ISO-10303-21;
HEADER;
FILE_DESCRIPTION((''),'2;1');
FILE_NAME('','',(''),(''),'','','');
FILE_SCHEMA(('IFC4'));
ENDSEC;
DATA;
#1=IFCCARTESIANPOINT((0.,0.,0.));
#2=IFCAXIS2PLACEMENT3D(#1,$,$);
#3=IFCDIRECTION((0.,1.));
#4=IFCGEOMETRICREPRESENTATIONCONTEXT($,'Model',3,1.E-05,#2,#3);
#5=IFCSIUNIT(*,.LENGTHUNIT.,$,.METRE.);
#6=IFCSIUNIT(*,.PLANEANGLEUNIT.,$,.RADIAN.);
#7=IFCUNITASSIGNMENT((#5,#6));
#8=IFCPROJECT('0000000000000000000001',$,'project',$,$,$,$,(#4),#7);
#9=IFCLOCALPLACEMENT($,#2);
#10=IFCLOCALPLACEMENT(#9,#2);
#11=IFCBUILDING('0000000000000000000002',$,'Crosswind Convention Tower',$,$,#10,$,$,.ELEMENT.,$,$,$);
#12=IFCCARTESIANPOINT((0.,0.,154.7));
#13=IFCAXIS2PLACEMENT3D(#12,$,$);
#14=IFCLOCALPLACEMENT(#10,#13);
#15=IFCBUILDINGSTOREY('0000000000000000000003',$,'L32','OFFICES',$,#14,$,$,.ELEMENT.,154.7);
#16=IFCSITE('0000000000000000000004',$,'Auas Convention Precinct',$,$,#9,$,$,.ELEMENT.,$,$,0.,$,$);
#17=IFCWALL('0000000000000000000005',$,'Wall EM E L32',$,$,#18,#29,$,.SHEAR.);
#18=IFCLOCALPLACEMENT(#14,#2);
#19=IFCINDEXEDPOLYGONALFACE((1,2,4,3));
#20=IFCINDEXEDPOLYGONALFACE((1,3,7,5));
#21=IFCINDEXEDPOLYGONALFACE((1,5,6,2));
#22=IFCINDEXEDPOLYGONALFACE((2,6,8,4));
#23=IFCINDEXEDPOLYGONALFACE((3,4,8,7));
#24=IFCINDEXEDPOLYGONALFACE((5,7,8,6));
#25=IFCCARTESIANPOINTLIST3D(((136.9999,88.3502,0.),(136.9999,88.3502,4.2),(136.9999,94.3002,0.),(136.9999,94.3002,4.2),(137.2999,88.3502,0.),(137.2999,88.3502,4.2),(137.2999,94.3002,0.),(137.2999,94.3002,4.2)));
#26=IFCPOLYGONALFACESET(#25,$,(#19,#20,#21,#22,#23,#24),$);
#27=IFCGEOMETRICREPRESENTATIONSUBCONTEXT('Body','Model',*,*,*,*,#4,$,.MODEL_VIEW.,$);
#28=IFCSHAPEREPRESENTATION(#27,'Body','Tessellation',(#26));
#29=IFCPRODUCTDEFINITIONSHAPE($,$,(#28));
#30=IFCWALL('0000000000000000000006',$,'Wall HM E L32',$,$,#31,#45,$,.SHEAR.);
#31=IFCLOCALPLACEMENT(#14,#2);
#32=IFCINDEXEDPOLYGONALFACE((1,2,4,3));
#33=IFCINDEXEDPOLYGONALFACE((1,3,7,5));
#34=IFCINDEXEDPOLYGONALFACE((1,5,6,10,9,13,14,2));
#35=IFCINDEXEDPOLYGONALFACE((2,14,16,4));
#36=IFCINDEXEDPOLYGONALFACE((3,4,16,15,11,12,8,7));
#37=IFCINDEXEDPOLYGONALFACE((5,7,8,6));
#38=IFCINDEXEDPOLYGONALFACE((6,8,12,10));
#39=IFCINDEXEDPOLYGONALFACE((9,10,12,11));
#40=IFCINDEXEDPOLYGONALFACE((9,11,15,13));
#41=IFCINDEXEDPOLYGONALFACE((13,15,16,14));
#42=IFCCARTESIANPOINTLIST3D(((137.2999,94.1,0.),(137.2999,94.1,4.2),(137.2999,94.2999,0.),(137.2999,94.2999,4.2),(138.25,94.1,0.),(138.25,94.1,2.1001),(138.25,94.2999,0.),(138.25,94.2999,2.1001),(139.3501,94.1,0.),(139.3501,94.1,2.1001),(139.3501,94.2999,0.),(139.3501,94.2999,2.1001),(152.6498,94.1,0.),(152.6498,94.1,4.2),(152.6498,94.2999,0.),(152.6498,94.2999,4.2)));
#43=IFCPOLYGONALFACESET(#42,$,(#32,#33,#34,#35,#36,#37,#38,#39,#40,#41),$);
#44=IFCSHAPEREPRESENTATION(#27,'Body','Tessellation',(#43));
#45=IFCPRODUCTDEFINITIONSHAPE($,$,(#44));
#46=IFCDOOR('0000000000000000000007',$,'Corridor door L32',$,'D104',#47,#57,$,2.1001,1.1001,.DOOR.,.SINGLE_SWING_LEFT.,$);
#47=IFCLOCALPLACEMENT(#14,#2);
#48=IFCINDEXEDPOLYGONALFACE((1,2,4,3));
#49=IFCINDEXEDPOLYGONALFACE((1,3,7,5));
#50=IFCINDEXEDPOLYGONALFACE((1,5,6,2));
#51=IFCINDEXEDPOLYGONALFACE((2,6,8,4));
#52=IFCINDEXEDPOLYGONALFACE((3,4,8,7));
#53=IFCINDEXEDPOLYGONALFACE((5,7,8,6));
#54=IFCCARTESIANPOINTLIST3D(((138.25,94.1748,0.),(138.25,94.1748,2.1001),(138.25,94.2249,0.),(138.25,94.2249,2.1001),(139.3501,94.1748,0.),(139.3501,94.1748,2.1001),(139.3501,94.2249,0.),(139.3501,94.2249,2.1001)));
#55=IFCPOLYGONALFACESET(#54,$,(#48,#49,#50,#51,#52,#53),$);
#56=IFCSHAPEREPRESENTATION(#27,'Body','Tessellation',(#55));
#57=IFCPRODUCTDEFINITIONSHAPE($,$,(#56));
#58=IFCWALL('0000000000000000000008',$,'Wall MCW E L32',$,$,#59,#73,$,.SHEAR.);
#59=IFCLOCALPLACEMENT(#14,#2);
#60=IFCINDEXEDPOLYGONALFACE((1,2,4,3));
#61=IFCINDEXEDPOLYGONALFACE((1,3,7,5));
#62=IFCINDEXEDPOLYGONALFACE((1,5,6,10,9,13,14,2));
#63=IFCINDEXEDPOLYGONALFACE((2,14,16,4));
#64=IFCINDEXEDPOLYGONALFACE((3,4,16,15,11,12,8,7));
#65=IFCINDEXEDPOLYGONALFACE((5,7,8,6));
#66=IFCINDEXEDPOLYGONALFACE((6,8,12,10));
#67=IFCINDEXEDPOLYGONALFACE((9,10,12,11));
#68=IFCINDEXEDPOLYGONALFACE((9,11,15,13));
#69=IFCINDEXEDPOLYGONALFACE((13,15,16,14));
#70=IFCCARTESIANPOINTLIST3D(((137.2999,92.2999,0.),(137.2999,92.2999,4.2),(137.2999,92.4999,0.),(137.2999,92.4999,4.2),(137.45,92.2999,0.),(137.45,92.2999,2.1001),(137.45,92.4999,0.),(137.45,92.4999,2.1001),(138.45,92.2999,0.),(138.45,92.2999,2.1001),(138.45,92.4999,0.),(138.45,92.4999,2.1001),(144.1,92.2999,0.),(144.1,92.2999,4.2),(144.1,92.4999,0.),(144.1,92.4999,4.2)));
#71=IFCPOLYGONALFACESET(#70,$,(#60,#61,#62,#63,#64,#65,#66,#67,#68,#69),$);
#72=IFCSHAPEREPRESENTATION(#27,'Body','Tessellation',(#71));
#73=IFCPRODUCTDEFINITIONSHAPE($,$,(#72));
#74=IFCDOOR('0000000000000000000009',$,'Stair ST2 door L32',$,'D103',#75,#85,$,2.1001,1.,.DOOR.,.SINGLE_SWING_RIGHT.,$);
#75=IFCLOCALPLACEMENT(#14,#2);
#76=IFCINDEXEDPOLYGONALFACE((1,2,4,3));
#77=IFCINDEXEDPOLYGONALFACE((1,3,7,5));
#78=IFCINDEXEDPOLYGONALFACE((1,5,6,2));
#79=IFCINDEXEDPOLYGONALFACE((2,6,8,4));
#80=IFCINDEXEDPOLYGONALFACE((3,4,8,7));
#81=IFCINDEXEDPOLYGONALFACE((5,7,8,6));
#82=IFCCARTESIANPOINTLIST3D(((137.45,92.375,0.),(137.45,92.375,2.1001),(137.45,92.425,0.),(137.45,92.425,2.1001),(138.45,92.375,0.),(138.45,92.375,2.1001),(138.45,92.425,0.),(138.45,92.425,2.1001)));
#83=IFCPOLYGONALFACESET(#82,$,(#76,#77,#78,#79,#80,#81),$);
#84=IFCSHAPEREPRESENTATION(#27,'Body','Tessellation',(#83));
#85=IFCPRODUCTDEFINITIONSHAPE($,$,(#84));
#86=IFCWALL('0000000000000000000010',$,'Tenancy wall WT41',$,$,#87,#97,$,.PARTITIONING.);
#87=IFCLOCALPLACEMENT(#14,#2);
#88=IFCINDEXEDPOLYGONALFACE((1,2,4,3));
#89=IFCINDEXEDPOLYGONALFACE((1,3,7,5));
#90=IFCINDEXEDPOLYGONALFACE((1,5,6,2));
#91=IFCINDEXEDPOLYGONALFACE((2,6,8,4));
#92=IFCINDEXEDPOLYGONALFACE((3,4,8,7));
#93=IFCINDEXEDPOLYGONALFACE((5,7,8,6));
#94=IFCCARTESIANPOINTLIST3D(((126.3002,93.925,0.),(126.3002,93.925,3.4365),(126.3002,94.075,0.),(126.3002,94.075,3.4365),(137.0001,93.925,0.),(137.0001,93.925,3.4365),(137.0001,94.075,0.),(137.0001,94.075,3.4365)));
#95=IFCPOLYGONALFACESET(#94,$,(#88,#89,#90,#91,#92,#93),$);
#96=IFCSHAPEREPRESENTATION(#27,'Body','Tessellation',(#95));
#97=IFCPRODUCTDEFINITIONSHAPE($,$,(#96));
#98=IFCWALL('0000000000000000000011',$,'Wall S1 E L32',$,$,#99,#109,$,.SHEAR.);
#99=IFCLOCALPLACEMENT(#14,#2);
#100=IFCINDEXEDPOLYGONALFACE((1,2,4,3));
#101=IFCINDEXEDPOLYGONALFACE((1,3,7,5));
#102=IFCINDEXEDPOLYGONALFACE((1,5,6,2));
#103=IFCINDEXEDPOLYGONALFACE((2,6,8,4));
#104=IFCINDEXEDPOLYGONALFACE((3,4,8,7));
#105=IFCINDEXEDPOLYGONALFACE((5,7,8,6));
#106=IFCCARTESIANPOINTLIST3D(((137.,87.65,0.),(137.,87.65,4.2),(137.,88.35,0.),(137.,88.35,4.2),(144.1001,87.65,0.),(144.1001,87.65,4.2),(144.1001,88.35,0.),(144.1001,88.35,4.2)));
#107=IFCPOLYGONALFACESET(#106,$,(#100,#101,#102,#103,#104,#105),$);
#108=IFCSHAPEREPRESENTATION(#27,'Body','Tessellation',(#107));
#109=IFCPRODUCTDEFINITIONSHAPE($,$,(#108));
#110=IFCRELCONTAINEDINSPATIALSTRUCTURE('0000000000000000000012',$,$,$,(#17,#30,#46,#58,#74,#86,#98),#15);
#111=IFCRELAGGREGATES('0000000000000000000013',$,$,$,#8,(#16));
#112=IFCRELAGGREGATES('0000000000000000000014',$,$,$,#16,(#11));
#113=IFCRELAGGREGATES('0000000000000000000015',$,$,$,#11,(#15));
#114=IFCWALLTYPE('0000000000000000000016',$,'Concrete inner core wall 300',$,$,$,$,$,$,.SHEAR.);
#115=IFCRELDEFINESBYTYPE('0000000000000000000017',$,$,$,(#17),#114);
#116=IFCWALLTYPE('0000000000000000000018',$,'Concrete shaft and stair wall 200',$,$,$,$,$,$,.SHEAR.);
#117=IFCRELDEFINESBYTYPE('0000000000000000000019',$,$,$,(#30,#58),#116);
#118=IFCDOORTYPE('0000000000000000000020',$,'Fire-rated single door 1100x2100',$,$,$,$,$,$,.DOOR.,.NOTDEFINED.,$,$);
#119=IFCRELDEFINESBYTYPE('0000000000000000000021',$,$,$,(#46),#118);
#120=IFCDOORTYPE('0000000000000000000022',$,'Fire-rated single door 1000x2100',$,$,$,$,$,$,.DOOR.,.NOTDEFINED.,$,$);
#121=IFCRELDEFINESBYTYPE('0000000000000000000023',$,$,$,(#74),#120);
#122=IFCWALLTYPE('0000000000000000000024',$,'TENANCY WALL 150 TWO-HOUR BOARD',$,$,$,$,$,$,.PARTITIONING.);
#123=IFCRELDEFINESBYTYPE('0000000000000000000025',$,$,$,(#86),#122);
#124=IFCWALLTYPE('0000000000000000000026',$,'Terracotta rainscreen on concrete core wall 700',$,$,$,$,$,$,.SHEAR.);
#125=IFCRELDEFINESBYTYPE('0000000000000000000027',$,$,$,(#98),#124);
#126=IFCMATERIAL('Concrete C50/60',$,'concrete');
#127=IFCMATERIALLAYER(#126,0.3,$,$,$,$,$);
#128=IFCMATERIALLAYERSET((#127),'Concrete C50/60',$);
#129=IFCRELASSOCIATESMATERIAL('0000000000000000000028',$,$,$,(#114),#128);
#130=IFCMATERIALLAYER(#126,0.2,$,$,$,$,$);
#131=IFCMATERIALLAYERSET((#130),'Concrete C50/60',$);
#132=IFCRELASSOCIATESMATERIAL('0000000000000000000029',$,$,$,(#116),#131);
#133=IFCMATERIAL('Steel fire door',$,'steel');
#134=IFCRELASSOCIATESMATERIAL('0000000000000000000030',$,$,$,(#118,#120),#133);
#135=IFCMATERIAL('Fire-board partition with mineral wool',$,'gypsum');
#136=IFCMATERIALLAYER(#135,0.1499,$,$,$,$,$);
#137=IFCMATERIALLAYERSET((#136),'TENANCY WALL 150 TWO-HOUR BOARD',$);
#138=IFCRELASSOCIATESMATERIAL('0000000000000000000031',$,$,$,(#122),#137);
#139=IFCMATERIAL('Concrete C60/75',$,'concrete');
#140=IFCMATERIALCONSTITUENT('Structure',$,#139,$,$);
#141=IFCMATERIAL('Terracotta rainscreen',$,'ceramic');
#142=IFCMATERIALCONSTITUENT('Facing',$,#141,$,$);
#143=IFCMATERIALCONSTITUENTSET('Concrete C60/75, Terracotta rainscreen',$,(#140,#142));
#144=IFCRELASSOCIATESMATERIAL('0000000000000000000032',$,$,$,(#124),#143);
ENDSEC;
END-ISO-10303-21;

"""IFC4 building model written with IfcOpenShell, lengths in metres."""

from ifc_helpers import new_model, si_unit, direction, frame, frame_2d, origin, place, context, subcontext, project, spatial, rectangle, extrude, material, layer, layer_set, constituent, constituent_set, type_object, element, fill, save


model = new_model("IFC4")

# Units and contexts
model_context = context("Model", 3, precision=1e-05, world=origin(), true_north=direction((0.0, 1.0)))
body_context = subcontext(model_context, "Body", "Model", "MODEL_VIEW")
ifc_project = project(units=[si_unit("LENGTHUNIT", "METRE"), si_unit("PLANEANGLEUNIT", "RADIAN")], contexts=[model_context])

# Site, building, storey
site_placement = place(None, origin())
site = spatial("IfcSite", under=ifc_project, at=site_placement, Name="Auas Convention Precinct", CompositionType="ELEMENT", RefElevation=0.0)
building_placement = place(site_placement, origin())
building = spatial("IfcBuilding", under=site, at=building_placement, Name="Crosswind Convention Tower", CompositionType="ELEMENT")
storey_placement = place(building_placement, frame((0.0, 0.0, 154.7)))
storey = spatial("IfcBuildingStorey", under=building, at=storey_placement, Name="L32", Description="OFFICES", CompositionType="ELEMENT", Elevation=154.7)

# Shared definitions
ifc_material_1 = material(Name="Concrete C50/60", Category="concrete")
ifc_layer_1 = layer(ifc_material_1, 0.3)
ifc_layer_set_1 = layer_set([ifc_layer_1], Name="Concrete C50/60")
wall_type_1 = type_object("IfcWallType", Name="Concrete inner core wall 300", PredefinedType="SHEAR", material=ifc_layer_set_1)

# Wall
wall_1_placement = place(storey_placement, frame((137.1499, 88.3501, 0.0), z_axis=(0.0, 0.0, 1.0), x_axis=(0.0, 1.0, 0.0)))
element("IfcWall", 1, at=wall_1_placement, inside=storey, type_object=wall_type_1, Name="Wall EM E L32", PredefinedType="SHEAR", context=body_context, shape_type="SweptSolid", body=[
    extrude(rectangle(XDim=5.95, YDim=0.3, at=frame_2d((2.9751, 0.0))), origin(), (0.0, 0.0, 1.0), 4.2),
])

# Walls, openings, doors
ifc_layer_2 = layer(ifc_material_1, 0.2)
ifc_layer_set_2 = layer_set([ifc_layer_2], Name="Concrete C50/60")
wall_type_2 = type_object("IfcWallType", Name="Concrete shaft and stair wall 200", PredefinedType="SHEAR", material=ifc_layer_set_2)
wall_2_placement = place(storey_placement, frame((137.3, 94.2, 0.0), z_axis=(0.0, 0.0, 1.0), x_axis=(1.0, 0.0, 0.0)))
wall_2 = element("IfcWall", 2, at=wall_2_placement, inside=storey, type_object=wall_type_2, Name="Wall HM E L32", PredefinedType="SHEAR", context=body_context, shape_type="SweptSolid", body=[
    extrude(rectangle(XDim=15.3499, YDim=0.2, at=frame_2d((7.6748, 0.0))), origin(), (0.0, 0.0, 1.0), 4.2),
])
opening_1_placement = place(wall_2_placement, frame((0.95, 0.0, 0.0)))
opening_1 = element("IfcOpeningElement", 3, at=opening_1_placement, cuts=wall_2, PredefinedType="OPENING", context=body_context, shape_type="SweptSolid", body=[
    extrude(rectangle(XDim=1.1001, YDim=2.1001, at=frame_2d((0.55, 1.05))), frame((0.0, 0.1099, 0.0), z_axis=(0.0, -1.0, 0.0), x_axis=(1.0, 0.0, 0.0)), (0.0, 0.0, 1.0), 0.22),
])
ifc_material_2 = material(Name="Steel fire door", Category="steel")
door_type_1 = type_object("IfcDoorType", Name="Fire-rated single door 1100x2100", OperationType="NOTDEFINED", PredefinedType="DOOR", material=ifc_material_2)
door_1_placement = place(opening_1_placement, origin())
door_1 = element("IfcDoor", 4, at=door_1_placement, inside=storey, type_object=door_type_1, Name="Corridor door L32", ObjectType="D104", OperationType="SINGLE_SWING_LEFT", OverallHeight=2.1001, OverallWidth=1.1001, PredefinedType="DOOR", context=body_context, shape_type="SweptSolid", body=[
    extrude(rectangle(XDim=1.1001, YDim=2.1001, at=frame_2d((0.55, 1.05))), frame((0.0, 0.0249, 0.0), z_axis=(0.0, -1.0, 0.0), x_axis=(1.0, 0.0, 0.0)), (0.0, 0.0, 1.0), 0.05),
])
fill(opening_1, door_1)
wall_3_placement = place(storey_placement, frame((137.3, 92.3999, 0.0), z_axis=(0.0, 0.0, 1.0), x_axis=(1.0, 0.0, 0.0)))
wall_3 = element("IfcWall", 5, at=wall_3_placement, inside=storey, type_object=wall_type_2, Name="Wall MCW E L32", PredefinedType="SHEAR", context=body_context, shape_type="SweptSolid", body=[
    extrude(rectangle(XDim=6.8, YDim=0.2, at=frame_2d((3.3999, 0.0))), origin(), (0.0, 0.0, 1.0), 4.2),
])
opening_2_placement = place(wall_3_placement, frame((0.1499, 0.0, 0.0)))
opening_2 = element("IfcOpeningElement", 6, at=opening_2_placement, cuts=wall_3, PredefinedType="OPENING", context=body_context, shape_type="SweptSolid", body=[
    extrude(rectangle(XDim=1.0, YDim=2.1001, at=frame_2d((0.5, 1.05))), frame((0.0, 0.1099, 0.0), z_axis=(0.0, -1.0, 0.0), x_axis=(1.0, 0.0, 0.0)), (0.0, 0.0, 1.0), 0.22),
])
door_type_2 = type_object("IfcDoorType", Name="Fire-rated single door 1000x2100", OperationType="NOTDEFINED", PredefinedType="DOOR", material=ifc_material_2)
door_2_placement = place(opening_2_placement, frame((1.0, 0.0, 0.0), z_axis=(0.0, 0.0, 1.0), x_axis=(-1.0, 0.0, 0.0)))
door_2 = element("IfcDoor", 7, at=door_2_placement, inside=storey, type_object=door_type_2, Name="Stair ST2 door L32", ObjectType="D103", OperationType="SINGLE_SWING_RIGHT", OverallHeight=2.1001, OverallWidth=1.0, PredefinedType="DOOR", context=body_context, shape_type="SweptSolid", body=[
    extrude(rectangle(XDim=1.0, YDim=2.1001, at=frame_2d((0.5, 1.05))), frame((0.0, 0.0249, 0.0), z_axis=(0.0, -1.0, 0.0), x_axis=(1.0, 0.0, 0.0)), (0.0, 0.0, 1.0), 0.05),
])
fill(opening_2, door_2)

# Walls
ifc_material_3 = material(Name="Fire-board partition with mineral wool", Category="gypsum")
ifc_layer_3 = layer(ifc_material_3, 0.1499)
ifc_layer_set_3 = layer_set([ifc_layer_3], Name="TENANCY WALL 150 TWO-HOUR BOARD")
wall_type_3 = type_object("IfcWallType", Name="TENANCY WALL 150 TWO-HOUR BOARD", PredefinedType="PARTITIONING", material=ifc_layer_set_3)
wall_4_placement = place(storey_placement, frame((126.3, 94.0, 0.0), z_axis=(0.0, 0.0, 1.0), x_axis=(1.0, 0.0, 0.0)))
element("IfcWall", 8, at=wall_4_placement, inside=storey, type_object=wall_type_3, Name="Tenancy wall WT41", PredefinedType="PARTITIONING", context=body_context, shape_type="SweptSolid", body=[
    extrude(rectangle(XDim=10.7, YDim=0.1499, at=frame_2d((5.3501, 0.0))), origin(), (0.0, 0.0, 1.0), 3.4365),
])
ifc_material_4 = material(Name="Concrete C60/75", Category="concrete")
ifc_constituent_1 = constituent(ifc_material_4, Name="Structure")
ifc_material_5 = material(Name="Terracotta rainscreen", Category="ceramic")
ifc_constituent_2 = constituent(ifc_material_5, Name="Facing")
ifc_constituent_set = constituent_set(constituents=[ifc_constituent_1, ifc_constituent_2], Name="Concrete C60/75, Terracotta rainscreen")
wall_type_4 = type_object("IfcWallType", Name="Terracotta rainscreen on concrete core wall 700", PredefinedType="SHEAR", material=ifc_constituent_set)
wall_5_placement = place(storey_placement, frame((137.0, 88.0, 0.0), z_axis=(0.0, 0.0, 1.0), x_axis=(1.0, 0.0, 0.0)))
element("IfcWall", 9, at=wall_5_placement, inside=storey, type_object=wall_type_4, Name="Wall S1 E L32", PredefinedType="SHEAR", context=body_context, shape_type="SweptSolid", body=[
    extrude(rectangle(XDim=7.1001, YDim=0.7, at=frame_2d((3.55, 0.0))), origin(), (0.0, 0.0, 1.0), 4.2),
])

save(model, "model.ifc")
